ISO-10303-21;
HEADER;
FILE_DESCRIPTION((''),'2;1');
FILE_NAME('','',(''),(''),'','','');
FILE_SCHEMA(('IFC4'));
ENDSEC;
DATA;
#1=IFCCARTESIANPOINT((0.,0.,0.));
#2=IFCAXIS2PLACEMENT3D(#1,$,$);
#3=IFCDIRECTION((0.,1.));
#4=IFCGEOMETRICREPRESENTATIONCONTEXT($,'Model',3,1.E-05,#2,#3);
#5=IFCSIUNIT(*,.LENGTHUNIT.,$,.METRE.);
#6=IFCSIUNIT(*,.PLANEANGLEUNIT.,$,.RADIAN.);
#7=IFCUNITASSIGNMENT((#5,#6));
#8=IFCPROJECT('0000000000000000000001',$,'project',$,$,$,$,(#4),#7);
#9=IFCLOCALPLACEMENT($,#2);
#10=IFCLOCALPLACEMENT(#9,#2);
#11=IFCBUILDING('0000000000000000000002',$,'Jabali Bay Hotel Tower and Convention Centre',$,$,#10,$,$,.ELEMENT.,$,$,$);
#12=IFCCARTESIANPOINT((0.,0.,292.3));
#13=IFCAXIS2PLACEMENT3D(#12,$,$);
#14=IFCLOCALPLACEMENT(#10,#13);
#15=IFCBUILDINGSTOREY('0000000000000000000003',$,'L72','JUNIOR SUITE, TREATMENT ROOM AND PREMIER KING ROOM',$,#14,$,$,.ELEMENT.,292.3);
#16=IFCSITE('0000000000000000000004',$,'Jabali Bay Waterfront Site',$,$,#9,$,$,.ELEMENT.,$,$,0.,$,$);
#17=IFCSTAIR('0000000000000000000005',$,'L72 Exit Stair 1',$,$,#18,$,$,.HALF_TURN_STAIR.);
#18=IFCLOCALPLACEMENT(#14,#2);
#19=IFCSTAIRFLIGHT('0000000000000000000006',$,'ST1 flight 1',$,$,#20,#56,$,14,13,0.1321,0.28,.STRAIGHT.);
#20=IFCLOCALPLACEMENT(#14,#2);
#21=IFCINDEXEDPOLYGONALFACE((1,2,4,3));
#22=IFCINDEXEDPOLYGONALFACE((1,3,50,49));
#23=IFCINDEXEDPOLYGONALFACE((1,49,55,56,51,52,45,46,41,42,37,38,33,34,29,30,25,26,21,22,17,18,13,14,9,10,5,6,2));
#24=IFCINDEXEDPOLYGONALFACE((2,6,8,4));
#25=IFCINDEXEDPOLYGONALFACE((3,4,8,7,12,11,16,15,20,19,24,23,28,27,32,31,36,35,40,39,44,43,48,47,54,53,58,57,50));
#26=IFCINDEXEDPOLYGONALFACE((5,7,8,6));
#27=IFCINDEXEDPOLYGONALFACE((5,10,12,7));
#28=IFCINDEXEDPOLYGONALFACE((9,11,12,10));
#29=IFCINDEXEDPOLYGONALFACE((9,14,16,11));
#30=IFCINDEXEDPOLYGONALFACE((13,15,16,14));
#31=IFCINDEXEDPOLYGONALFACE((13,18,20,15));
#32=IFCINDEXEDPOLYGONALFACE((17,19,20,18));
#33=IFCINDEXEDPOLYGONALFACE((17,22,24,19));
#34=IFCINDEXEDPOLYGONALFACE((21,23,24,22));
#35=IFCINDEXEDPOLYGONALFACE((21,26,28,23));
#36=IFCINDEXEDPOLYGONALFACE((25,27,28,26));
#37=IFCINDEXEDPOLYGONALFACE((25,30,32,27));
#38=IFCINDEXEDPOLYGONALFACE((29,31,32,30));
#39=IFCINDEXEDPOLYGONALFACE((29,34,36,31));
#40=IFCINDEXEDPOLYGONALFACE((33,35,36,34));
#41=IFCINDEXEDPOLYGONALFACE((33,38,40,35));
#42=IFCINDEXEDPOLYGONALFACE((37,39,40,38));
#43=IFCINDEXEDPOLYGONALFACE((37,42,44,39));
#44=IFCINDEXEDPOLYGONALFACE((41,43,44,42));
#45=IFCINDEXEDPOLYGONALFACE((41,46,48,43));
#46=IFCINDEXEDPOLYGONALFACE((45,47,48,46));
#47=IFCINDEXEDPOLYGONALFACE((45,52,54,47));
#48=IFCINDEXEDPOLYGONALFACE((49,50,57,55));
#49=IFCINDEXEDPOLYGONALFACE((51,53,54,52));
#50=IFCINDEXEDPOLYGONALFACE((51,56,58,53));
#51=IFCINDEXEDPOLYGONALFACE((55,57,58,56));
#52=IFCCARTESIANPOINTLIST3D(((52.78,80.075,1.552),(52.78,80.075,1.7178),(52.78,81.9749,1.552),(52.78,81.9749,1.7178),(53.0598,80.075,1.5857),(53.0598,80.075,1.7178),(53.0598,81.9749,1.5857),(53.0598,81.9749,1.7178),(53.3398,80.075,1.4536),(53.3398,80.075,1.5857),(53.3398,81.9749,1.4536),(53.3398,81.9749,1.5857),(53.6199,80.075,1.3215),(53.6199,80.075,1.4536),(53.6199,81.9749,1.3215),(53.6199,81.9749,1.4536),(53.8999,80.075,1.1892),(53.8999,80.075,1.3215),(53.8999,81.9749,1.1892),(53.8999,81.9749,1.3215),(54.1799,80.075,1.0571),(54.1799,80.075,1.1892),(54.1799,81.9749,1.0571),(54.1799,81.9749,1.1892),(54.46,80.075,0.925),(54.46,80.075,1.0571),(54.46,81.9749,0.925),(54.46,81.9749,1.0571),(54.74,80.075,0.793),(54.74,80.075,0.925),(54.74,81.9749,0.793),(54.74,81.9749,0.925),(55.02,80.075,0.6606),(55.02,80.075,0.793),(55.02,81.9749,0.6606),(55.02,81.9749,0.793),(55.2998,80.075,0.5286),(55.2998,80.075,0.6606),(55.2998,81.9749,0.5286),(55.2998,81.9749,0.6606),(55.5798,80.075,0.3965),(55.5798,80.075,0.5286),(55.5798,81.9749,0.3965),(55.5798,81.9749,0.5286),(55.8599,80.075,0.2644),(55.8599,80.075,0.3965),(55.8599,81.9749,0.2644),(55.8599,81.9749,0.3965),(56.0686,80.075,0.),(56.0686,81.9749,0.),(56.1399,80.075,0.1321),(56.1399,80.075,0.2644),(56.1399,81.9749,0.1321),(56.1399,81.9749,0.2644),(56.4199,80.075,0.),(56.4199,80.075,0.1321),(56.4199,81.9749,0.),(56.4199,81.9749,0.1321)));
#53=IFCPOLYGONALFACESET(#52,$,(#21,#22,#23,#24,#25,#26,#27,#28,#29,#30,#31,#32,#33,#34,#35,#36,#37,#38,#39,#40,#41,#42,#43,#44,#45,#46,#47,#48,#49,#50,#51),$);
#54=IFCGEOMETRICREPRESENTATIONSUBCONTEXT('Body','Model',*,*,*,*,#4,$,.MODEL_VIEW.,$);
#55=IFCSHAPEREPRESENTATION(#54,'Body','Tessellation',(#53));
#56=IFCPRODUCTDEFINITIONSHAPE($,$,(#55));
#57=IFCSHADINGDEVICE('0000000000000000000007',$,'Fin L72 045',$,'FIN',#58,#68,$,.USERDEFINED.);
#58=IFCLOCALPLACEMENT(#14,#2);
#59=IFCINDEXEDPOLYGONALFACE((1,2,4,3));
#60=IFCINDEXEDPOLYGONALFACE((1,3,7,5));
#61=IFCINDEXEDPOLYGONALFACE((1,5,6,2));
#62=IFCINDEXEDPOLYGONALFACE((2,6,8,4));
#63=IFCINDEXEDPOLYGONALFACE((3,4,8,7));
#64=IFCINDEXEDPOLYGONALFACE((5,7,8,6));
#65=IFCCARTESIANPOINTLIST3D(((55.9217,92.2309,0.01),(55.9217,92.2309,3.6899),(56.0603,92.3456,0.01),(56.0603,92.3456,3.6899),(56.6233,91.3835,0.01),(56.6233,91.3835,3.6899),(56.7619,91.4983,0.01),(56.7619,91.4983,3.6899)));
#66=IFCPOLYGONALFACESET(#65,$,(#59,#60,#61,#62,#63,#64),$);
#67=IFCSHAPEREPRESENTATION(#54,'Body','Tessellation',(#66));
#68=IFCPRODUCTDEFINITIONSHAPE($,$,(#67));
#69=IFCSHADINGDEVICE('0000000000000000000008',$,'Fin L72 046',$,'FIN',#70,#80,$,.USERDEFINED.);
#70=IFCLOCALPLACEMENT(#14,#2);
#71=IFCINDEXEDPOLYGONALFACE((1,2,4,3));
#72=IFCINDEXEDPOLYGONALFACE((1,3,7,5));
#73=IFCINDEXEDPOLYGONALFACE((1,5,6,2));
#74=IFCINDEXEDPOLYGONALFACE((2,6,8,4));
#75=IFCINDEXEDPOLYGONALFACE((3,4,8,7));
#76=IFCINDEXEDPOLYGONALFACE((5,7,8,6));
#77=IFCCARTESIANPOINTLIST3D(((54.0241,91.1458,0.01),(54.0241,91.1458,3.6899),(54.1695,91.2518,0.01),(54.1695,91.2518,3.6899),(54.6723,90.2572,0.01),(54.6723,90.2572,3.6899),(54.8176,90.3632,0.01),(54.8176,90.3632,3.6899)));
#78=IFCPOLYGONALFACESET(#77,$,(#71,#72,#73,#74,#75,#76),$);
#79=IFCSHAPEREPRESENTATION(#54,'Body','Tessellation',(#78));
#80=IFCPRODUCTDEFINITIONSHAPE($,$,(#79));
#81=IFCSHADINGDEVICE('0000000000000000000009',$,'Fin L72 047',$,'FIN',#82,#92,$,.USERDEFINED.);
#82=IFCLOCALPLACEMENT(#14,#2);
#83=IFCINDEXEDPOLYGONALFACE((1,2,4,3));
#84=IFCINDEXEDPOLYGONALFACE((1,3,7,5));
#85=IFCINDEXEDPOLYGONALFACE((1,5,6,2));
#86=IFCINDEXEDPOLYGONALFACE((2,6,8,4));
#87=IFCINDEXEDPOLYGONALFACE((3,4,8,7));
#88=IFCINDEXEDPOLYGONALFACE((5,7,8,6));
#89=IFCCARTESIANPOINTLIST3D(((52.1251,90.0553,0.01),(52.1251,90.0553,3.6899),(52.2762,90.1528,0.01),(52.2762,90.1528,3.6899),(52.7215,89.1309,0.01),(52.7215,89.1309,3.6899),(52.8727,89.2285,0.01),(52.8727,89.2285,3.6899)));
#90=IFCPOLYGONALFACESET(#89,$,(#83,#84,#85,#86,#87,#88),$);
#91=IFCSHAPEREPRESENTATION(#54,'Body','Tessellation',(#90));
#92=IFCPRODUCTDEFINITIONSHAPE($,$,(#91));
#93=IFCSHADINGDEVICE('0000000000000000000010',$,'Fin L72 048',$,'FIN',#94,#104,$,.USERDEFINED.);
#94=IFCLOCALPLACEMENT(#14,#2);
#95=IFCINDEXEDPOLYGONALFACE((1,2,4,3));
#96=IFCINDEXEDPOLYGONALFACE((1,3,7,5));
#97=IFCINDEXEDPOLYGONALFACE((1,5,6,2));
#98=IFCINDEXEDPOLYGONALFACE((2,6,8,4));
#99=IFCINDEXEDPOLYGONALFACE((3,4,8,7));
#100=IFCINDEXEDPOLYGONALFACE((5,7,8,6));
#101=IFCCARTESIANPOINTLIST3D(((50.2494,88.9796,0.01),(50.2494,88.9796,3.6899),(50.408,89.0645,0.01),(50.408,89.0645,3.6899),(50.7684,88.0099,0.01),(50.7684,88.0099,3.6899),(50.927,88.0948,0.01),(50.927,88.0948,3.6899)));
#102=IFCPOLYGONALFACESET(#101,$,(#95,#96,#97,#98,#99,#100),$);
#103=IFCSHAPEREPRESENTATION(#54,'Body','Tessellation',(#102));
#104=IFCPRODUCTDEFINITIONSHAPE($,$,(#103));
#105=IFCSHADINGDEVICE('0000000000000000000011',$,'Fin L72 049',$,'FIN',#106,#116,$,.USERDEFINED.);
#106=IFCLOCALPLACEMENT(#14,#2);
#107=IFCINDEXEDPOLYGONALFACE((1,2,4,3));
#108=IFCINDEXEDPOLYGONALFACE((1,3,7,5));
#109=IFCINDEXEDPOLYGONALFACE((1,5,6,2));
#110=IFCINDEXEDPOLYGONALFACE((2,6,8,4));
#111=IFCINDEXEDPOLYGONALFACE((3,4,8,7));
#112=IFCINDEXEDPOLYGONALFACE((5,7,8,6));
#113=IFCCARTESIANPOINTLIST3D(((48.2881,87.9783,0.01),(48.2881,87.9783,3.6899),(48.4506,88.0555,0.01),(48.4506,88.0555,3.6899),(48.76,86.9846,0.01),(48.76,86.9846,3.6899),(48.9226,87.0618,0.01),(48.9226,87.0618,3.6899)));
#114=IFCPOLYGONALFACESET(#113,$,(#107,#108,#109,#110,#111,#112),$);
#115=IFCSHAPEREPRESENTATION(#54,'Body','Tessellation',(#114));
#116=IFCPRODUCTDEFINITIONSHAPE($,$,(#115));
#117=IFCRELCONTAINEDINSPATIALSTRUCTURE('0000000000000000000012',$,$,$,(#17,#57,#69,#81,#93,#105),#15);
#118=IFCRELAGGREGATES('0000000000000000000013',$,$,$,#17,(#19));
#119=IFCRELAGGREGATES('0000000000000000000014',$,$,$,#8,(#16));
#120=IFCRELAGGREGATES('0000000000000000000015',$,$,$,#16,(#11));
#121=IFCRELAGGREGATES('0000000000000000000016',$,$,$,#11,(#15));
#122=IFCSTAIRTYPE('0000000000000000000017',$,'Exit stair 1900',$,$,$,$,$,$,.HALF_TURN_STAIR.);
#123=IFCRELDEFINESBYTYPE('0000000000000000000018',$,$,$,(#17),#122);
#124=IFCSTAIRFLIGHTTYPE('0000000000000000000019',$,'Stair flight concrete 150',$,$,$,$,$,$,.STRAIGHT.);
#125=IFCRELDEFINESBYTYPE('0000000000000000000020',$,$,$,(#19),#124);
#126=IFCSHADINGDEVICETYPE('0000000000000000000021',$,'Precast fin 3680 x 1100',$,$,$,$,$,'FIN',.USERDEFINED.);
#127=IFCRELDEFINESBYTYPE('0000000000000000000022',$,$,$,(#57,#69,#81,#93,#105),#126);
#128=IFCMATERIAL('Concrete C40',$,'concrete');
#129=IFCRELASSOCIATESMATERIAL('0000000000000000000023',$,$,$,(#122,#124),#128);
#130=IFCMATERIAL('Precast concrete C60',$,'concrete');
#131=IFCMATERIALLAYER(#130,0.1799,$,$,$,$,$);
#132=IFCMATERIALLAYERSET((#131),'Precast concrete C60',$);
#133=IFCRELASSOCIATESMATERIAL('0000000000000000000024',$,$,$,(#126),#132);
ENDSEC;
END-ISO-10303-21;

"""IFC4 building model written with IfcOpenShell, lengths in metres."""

from ifc_helpers import new_model, si_unit, direction, frame, frame_2d, origin, place, context, subcontext, project, spatial, polyline, rectangle, outline, extrude, material, layer, layer_set, type_object, element, aggregate, save


model = new_model("IFC4")

# Units and contexts
model_context = context("Model", 3, precision=1e-05, world=origin(), true_north=direction((0.0, 1.0)))
body_context = subcontext(model_context, "Body", "Model", "MODEL_VIEW")
ifc_project = project(units=[si_unit("LENGTHUNIT", "METRE"), si_unit("PLANEANGLEUNIT", "RADIAN")], contexts=[model_context])

# Site, building, storey
site_placement = place(None, origin())
site = spatial("IfcSite", under=ifc_project, at=site_placement, Name="Jabali Bay Waterfront Site", CompositionType="ELEMENT", RefElevation=0.0)
building_placement = place(site_placement, origin())
building = spatial("IfcBuilding", under=site, at=building_placement, Name="Jabali Bay Hotel Tower and Convention Centre", CompositionType="ELEMENT")
storey_placement = place(building_placement, frame((0.0, 0.0, 292.3)))
storey = spatial("IfcBuildingStorey", under=building, at=storey_placement, Name="L72", Description="JUNIOR SUITE, TREATMENT ROOM AND PREMIER KING ROOM", CompositionType="ELEMENT", Elevation=292.3)

# Shared definitions
ifc_material_1 = material(Name="Concrete C40", Category="concrete")

# Stair, stair flight
stair_type = type_object("IfcStairType", Name="Exit stair 1900", PredefinedType="HALF_TURN_STAIR", material=ifc_material_1)
stair_placement = place(storey_placement, origin())
stair = element("IfcStair", 1, at=stair_placement, inside=storey, type_object=stair_type, Name="L72 Exit Stair 1", PredefinedType="HALF_TURN_STAIR")
stair_flight_type = type_object("IfcStairFlightType", Name="Stair flight concrete 150", PredefinedType="STRAIGHT", material=ifc_material_1)
stair_flight_placement = place(storey_placement, frame((56.4199, 81.0249, 0.0), z_axis=(0.0, 0.0, 1.0), x_axis=(-1.0, 0.0, 0.0)))
stair_flight = element("IfcStairFlight", 2, at=stair_flight_placement, type_object=stair_flight_type, Name="ST1 flight 1", NumberOfRisers=14, NumberOfTreads=13, PredefinedType="STRAIGHT", RiserHeight=0.1321, TreadLength=0.28, context=body_context, shape_type="SweptSolid", body=[
    extrude(outline(polyline([(0.0, 0.0), (0.0, 0.1321), (0.28, 0.1321), (0.28, 0.2644), (0.5601, 0.2644), (0.5601, 0.3965), (0.8401, 0.3965), (0.8401, 0.5286), (1.1201, 0.5286), (1.1201, 0.6606), (1.3999, 0.6606), (1.3999, 0.793), (1.6799, 0.793), (1.6799, 0.925), (1.96, 0.925), (1.96, 1.0571), (2.24, 1.0571), (2.24, 1.1892), (2.52, 1.1892), (2.52, 1.3215), (2.8, 1.3215), (2.8, 1.4536), (3.0801, 1.4536), (3.0801, 1.5857), (3.3601, 1.5857), (3.3601, 1.7178), (3.6399, 1.7178), (3.6399, 1.8501), (3.6399, 1.552), (0.3513, 0.0), (0.0, 0.0)])), frame((0.0, 0.95, 0.0), z_axis=(0.0, -1.0, 0.0), x_axis=(1.0, 0.0, 0.0)), (0.0, 0.0, 1.0), 1.8999),
])
aggregate(stair, [stair_flight])

# Shading devices
ifc_material_2 = material(Name="Precast concrete C60", Category="concrete")
ifc_layer_1 = layer(ifc_material_2, 0.1799)
ifc_layer_set_1 = layer_set([ifc_layer_1], Name="Precast concrete C60")
shading_device_type = type_object("IfcShadingDeviceType", Name="Precast fin 3680 x 1100", ElementType="FIN", PredefinedType="USERDEFINED", material=ifc_layer_set_1)
shading_device_1_placement = place(storey_placement, frame((56.6926, 91.4409, 0.01), z_axis=(0.0, 0.0, 1.0), x_axis=(-0.637758, 0.770236, 0.0)))
element("IfcShadingDevice", 3, at=shading_device_1_placement, inside=storey, type_object=shading_device_type, Name="Fin L72 045", ObjectType="FIN", PredefinedType="USERDEFINED", context=body_context, shape_type="SweptSolid", body=[
    extrude(rectangle(XDim=1.1001, YDim=0.1799, at=frame_2d((0.55, 0.0))), origin(), (0.0, 0.0, 1.0), 3.6799),
])
shading_device_2_placement = place(storey_placement, frame((54.7449, 90.3103, 0.01), z_axis=(0.0, 0.0, 1.0), x_axis=(-0.589293, 0.807919, 0.0)))
element("IfcShadingDevice", 4, at=shading_device_2_placement, inside=storey, type_object=shading_device_type, Name="Fin L72 046", ObjectType="FIN", PredefinedType="USERDEFINED", context=body_context, shape_type="SweptSolid", body=[
    extrude(rectangle(XDim=1.0999, YDim=0.1799, at=frame_2d((0.5498, 0.0))), origin(), (0.0, 0.0, 1.0), 3.6799),
])
shading_device_3_placement = place(storey_placement, frame((52.7971, 89.1797, 0.01), z_axis=(0.0, 0.0, 1.0), x_axis=(-0.542193, 0.840254, 0.0)))
element("IfcShadingDevice", 5, at=shading_device_3_placement, inside=storey, type_object=shading_device_type, Name="Fin L72 047", ObjectType="FIN", PredefinedType="USERDEFINED", context=body_context, shape_type="SweptSolid", body=[
    extrude(rectangle(XDim=1.1001, YDim=0.1799, at=frame_2d((0.55, 0.0))), origin(), (0.0, 0.0, 1.0), 3.6799),
])
shading_device_4_placement = place(storey_placement, frame((50.8477, 88.0525, 0.01), z_axis=(0.0, 0.0, 1.0), x_axis=(-0.471901, 0.881652, 0.0)))
element("IfcShadingDevice", 6, at=shading_device_4_placement, inside=storey, type_object=shading_device_type, Name="Fin L72 048", ObjectType="FIN", PredefinedType="USERDEFINED", context=body_context, shape_type="SweptSolid", body=[
    extrude(rectangle(XDim=1.0999, YDim=0.1799, at=frame_2d((0.5498, 0.0))), origin(), (0.0, 0.0, 1.0), 3.6799),
])
shading_device_5_placement = place(storey_placement, frame((48.8413, 87.0232, 0.01), z_axis=(0.0, 0.0, 1.0), x_axis=(-0.429012, 0.903299, 0.0)))
element("IfcShadingDevice", 7, at=shading_device_5_placement, inside=storey, type_object=shading_device_type, Name="Fin L72 049", ObjectType="FIN", PredefinedType="USERDEFINED", context=body_context, shape_type="SweptSolid", body=[
    extrude(rectangle(XDim=1.1001, YDim=0.1799, at=frame_2d((0.55, 0.0))), origin(), (0.0, 0.0, 1.0), 3.6799),
])

save(model, "model.ifc")
